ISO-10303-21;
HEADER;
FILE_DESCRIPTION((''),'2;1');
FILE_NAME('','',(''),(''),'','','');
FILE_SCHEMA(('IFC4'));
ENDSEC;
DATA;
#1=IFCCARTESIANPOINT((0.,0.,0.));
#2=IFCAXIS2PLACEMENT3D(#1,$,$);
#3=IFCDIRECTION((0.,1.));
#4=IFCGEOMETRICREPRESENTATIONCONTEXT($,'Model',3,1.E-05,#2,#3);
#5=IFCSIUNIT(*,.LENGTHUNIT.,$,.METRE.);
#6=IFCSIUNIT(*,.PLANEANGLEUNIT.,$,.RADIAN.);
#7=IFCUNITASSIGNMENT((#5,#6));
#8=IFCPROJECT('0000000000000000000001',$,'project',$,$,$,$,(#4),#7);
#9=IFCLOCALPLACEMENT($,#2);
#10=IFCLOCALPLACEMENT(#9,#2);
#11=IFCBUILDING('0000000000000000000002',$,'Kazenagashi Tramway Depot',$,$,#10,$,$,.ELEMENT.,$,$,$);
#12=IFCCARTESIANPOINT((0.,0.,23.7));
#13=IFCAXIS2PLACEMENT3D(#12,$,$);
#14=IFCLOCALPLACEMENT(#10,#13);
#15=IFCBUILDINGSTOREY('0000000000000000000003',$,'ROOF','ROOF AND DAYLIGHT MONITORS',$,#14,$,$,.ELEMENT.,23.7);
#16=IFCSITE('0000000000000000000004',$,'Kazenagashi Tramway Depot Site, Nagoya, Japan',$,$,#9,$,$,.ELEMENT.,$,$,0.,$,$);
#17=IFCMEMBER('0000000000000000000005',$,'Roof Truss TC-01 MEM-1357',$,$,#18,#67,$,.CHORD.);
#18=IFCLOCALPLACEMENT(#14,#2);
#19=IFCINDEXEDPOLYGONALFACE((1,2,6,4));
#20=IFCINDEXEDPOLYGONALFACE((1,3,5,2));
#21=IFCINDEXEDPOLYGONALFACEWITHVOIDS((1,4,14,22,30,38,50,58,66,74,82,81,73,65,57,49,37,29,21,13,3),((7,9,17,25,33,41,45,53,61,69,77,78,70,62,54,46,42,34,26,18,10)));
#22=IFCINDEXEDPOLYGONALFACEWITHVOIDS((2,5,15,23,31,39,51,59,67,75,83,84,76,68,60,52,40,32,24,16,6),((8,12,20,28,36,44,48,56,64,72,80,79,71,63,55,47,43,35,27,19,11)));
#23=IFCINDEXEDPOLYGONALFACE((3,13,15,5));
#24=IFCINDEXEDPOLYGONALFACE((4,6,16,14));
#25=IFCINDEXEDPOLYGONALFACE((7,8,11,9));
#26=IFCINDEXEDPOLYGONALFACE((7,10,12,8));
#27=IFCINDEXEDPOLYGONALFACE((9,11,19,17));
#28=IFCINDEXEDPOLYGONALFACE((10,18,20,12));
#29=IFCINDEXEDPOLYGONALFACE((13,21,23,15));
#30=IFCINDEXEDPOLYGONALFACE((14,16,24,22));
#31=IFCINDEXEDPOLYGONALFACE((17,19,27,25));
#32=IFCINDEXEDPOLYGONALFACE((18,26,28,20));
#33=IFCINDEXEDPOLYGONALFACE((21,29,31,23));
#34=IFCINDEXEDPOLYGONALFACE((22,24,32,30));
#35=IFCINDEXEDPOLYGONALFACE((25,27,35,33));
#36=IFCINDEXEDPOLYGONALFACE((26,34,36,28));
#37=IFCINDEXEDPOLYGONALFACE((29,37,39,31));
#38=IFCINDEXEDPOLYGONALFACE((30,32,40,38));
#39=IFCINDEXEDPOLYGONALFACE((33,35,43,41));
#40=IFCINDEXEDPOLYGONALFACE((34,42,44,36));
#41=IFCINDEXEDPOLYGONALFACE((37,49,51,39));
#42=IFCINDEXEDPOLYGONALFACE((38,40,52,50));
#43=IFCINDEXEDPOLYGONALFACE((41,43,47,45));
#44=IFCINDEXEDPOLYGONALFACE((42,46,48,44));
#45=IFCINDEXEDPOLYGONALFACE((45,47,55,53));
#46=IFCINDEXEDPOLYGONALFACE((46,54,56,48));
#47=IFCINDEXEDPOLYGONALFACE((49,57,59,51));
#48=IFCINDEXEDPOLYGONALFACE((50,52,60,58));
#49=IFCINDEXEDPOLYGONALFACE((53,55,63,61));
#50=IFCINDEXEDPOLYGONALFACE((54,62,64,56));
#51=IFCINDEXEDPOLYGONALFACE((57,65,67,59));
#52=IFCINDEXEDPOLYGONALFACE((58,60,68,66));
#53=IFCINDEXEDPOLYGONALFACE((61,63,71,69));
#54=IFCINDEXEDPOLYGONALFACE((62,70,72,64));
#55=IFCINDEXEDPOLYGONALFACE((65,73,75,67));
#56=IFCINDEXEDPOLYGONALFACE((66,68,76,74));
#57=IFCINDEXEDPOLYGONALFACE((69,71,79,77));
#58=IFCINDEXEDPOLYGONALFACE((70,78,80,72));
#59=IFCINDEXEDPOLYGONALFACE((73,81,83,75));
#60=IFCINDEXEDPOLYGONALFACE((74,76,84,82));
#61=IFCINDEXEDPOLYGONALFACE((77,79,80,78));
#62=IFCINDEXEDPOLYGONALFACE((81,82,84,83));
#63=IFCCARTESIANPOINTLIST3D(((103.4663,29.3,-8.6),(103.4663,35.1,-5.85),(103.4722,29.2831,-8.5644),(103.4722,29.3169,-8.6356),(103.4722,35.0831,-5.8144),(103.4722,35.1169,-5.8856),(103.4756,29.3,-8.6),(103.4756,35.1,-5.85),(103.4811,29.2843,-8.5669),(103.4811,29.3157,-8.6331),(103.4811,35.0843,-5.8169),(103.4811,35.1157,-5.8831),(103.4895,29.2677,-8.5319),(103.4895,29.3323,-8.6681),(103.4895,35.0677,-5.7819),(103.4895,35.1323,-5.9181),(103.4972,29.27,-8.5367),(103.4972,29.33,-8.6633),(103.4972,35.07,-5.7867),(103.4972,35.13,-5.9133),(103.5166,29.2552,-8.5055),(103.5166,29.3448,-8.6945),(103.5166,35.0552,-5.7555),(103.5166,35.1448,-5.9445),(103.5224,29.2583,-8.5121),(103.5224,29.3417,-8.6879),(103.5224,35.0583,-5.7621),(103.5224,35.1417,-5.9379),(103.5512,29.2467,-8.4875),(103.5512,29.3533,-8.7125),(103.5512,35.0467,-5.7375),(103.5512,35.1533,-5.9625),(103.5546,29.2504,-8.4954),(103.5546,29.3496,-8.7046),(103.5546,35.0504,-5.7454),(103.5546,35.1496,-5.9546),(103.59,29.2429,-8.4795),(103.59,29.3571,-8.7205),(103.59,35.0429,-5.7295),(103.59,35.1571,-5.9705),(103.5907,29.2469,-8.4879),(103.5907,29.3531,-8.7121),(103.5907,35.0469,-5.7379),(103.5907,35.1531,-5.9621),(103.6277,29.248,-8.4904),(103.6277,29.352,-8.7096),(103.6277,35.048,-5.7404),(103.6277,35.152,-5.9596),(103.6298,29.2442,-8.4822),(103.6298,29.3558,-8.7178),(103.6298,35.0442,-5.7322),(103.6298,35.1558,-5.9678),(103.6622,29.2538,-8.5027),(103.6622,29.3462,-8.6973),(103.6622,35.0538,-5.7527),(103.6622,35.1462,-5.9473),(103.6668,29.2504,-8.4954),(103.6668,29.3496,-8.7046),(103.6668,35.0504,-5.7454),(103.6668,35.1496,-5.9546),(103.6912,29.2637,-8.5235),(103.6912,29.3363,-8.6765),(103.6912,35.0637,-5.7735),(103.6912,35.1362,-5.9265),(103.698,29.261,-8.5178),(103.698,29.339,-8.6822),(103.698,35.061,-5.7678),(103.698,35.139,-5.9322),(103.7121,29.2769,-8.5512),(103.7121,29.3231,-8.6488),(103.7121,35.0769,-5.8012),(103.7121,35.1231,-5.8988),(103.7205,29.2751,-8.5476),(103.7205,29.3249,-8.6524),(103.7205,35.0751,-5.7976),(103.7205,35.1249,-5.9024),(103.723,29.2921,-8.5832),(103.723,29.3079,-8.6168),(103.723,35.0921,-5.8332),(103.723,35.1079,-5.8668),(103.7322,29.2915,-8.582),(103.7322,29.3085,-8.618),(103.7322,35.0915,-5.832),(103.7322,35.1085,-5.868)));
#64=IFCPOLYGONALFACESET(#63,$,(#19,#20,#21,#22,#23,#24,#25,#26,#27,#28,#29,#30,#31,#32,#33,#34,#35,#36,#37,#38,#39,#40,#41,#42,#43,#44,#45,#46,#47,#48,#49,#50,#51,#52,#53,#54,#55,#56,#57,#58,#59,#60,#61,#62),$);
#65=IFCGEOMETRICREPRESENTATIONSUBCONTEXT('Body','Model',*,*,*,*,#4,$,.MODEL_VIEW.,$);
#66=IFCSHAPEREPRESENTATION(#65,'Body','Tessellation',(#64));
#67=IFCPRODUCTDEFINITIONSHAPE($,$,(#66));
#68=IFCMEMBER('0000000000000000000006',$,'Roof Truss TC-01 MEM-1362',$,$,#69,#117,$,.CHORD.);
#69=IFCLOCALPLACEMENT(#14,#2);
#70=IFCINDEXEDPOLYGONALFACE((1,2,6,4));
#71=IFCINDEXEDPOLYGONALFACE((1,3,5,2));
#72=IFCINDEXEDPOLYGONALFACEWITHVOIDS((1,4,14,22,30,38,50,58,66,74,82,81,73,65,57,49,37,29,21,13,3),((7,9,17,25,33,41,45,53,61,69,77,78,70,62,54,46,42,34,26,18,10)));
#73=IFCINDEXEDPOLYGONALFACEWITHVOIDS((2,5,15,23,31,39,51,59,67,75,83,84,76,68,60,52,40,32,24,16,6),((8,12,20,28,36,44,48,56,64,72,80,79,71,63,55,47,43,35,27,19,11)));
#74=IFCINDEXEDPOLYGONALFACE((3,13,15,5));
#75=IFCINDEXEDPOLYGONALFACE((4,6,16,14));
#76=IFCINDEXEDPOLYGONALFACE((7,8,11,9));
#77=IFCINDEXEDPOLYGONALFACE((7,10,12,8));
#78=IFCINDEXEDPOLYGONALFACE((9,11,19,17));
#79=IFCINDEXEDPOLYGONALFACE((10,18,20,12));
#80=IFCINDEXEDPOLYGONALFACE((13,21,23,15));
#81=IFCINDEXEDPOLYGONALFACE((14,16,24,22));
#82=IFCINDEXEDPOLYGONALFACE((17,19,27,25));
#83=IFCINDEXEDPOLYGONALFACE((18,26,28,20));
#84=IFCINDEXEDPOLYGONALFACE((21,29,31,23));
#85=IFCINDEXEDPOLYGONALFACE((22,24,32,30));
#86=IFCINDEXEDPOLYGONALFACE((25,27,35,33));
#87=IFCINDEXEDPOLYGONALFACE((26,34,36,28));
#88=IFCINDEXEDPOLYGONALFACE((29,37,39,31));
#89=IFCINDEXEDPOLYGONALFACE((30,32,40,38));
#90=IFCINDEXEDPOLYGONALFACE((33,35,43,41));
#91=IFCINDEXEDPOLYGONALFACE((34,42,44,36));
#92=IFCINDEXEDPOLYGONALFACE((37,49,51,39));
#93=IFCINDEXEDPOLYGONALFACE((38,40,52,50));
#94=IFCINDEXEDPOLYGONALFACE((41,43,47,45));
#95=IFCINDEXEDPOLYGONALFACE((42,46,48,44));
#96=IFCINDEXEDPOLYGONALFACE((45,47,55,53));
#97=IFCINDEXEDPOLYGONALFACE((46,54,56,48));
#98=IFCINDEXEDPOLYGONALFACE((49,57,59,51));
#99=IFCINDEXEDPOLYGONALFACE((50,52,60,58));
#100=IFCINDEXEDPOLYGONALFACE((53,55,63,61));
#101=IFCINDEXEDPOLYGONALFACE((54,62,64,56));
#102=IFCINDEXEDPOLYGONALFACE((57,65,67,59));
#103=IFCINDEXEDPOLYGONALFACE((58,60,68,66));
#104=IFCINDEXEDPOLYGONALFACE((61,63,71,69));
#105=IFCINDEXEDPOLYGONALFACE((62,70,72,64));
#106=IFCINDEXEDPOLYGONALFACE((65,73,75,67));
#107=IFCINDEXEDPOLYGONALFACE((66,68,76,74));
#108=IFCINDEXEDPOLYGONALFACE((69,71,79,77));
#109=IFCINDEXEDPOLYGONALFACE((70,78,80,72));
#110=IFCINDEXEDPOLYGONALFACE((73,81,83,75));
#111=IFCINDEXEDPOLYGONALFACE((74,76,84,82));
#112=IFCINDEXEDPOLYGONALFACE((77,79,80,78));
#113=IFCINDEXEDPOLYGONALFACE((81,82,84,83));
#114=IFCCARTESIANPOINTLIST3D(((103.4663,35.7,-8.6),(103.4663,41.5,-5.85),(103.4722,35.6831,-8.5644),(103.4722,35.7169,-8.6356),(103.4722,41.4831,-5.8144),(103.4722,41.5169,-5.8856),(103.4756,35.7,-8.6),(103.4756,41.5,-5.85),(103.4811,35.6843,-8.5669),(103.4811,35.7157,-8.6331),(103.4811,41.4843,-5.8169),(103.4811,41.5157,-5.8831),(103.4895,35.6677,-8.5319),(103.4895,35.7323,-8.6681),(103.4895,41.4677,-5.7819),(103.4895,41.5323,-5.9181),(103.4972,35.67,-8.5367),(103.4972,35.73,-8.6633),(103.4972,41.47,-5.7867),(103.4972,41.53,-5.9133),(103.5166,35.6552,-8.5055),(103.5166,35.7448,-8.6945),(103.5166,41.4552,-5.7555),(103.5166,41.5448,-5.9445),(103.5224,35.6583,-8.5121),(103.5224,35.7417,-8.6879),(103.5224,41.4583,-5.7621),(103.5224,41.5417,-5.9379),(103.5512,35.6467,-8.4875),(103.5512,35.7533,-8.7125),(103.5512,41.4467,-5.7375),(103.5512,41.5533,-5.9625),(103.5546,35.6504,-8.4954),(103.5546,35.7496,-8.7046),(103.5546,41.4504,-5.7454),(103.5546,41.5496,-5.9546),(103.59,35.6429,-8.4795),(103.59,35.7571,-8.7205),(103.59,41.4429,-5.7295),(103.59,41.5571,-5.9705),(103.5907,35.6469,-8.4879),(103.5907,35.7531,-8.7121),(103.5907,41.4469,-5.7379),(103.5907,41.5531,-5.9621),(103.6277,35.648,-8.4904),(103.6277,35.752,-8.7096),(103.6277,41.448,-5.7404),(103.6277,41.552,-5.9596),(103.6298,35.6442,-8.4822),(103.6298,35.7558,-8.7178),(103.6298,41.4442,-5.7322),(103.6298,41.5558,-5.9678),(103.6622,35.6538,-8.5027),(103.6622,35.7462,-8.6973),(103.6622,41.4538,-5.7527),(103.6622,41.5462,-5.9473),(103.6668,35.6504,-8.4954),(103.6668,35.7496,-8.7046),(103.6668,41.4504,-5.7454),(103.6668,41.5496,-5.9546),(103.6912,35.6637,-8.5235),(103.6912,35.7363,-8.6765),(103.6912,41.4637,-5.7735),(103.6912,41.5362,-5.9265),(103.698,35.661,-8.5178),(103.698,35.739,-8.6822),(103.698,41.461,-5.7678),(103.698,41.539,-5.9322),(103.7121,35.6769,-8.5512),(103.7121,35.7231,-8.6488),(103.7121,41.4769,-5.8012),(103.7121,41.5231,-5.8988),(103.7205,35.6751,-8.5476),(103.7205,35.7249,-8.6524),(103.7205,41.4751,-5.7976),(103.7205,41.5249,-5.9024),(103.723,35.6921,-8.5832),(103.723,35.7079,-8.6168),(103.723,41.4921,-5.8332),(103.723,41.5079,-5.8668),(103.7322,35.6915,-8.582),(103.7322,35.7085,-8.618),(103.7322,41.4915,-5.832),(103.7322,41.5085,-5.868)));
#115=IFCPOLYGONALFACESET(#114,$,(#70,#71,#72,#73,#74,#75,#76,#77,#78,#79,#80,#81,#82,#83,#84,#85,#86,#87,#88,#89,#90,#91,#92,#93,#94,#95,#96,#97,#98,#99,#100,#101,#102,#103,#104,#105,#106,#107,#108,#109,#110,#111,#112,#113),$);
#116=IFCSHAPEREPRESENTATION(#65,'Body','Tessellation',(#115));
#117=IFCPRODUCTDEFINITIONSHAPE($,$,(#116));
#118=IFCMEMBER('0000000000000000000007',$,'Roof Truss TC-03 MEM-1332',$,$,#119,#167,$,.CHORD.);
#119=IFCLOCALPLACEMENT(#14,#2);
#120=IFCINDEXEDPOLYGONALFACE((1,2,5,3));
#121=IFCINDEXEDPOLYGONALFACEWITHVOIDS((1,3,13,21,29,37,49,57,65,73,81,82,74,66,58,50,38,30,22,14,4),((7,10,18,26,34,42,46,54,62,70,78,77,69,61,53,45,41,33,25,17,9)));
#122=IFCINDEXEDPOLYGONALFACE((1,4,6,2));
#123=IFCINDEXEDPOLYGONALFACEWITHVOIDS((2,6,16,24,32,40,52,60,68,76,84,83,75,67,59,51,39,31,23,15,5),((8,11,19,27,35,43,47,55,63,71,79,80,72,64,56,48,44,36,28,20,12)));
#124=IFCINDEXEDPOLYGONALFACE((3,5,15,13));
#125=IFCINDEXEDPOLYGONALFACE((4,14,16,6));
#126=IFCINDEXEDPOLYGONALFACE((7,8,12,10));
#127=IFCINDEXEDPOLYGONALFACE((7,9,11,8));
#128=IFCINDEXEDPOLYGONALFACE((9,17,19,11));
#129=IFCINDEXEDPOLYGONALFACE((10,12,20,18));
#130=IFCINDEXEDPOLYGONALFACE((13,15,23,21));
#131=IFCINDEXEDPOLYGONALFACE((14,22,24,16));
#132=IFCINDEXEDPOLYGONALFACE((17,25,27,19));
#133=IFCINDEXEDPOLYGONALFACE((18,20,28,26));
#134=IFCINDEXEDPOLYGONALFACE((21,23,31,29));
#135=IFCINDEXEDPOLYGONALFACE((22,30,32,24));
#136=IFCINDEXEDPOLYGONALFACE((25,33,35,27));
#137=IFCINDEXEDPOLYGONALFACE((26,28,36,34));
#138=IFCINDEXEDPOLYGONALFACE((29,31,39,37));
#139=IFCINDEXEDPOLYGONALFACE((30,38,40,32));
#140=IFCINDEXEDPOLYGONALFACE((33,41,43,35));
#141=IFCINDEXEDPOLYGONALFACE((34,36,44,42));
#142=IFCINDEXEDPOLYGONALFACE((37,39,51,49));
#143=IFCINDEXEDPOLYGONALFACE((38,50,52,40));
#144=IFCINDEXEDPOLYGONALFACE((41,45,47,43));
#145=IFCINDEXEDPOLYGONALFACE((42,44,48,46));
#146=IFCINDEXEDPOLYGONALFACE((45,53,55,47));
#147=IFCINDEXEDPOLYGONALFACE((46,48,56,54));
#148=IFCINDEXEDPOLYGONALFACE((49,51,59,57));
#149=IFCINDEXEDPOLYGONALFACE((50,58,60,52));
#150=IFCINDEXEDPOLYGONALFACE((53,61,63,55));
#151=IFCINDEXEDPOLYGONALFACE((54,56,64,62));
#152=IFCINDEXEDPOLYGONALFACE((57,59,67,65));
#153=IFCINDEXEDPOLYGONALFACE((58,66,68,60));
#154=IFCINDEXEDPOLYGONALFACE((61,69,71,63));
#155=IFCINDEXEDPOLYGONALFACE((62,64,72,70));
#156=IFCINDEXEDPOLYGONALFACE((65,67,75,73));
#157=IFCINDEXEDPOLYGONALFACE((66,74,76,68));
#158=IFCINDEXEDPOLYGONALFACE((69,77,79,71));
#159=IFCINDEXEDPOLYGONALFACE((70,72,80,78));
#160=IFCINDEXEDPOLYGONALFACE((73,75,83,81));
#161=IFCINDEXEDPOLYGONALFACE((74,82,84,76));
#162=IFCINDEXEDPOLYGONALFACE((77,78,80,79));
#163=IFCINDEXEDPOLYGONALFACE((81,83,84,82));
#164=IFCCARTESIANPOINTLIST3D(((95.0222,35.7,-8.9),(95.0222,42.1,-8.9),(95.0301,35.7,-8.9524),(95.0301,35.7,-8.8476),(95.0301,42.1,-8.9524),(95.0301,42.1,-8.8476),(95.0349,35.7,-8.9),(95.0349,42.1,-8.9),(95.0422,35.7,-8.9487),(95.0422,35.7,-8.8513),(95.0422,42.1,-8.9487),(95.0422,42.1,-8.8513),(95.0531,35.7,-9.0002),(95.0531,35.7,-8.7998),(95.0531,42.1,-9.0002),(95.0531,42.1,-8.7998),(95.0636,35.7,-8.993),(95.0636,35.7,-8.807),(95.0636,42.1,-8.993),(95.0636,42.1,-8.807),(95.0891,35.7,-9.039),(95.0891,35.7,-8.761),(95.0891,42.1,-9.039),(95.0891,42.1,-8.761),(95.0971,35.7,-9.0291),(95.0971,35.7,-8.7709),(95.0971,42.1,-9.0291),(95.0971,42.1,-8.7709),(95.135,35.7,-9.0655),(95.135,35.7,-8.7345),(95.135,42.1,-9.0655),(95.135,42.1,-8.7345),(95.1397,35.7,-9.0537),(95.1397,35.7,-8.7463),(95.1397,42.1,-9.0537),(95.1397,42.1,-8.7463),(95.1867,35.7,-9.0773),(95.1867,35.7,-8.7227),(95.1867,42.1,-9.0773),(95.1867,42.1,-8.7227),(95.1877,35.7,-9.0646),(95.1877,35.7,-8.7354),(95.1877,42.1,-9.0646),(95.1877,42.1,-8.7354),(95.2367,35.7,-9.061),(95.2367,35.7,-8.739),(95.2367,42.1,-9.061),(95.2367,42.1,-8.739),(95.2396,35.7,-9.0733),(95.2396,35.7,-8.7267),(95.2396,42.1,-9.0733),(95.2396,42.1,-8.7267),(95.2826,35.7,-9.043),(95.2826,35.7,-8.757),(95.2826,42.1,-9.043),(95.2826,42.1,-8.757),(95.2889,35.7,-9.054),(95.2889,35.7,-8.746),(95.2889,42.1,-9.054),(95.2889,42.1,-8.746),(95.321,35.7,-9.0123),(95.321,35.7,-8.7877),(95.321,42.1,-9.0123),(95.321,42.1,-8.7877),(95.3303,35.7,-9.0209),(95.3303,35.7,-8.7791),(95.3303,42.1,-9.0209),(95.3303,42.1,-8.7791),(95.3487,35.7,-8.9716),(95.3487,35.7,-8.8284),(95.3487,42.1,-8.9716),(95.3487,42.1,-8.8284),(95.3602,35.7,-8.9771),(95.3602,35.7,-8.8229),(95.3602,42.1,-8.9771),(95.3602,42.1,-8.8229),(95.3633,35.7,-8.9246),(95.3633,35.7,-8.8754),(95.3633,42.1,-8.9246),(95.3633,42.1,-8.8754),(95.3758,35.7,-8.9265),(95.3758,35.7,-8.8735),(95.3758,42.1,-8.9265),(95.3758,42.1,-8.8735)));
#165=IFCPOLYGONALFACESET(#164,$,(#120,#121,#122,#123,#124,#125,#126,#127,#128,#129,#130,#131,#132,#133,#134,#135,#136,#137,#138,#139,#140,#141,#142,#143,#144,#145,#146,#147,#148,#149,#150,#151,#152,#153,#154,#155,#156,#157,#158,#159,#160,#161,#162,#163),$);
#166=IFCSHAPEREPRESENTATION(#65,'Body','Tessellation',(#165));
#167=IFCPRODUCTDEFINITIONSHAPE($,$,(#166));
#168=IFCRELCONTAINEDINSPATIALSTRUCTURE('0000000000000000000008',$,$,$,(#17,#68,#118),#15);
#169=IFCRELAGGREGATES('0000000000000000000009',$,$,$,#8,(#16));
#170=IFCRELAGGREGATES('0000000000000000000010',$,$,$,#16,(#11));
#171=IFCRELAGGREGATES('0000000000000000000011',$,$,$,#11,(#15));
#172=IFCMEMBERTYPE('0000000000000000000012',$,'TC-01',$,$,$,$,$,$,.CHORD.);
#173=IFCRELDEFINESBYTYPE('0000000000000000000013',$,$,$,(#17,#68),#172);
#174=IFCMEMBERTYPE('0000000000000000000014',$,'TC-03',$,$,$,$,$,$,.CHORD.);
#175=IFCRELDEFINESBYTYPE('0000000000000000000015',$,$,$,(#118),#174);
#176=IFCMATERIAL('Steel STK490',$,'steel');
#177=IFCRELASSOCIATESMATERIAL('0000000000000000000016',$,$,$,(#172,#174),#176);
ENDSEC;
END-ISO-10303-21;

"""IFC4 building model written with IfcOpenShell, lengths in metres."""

from ifc_helpers import new_model, si_unit, direction, frame, origin, origin_2d, place, context, subcontext, project, spatial, hollow_circle, extrude, material, material_profile, profile_set, type_object, element, save


model = new_model("IFC4")

# Units and contexts
model_context = context("Model", 3, precision=1e-05, world=origin(), true_north=direction((0.0, 1.0)))
body_context = subcontext(model_context, "Body", "Model", "MODEL_VIEW")
ifc_project = project(units=[si_unit("LENGTHUNIT", "METRE"), si_unit("PLANEANGLEUNIT", "RADIAN")], contexts=[model_context])

# Site, building, storey
site_placement = place(None, origin())
site = spatial("IfcSite", under=ifc_project, at=site_placement, Name="Kazenagashi Tramway Depot Site, Nagoya, Japan", CompositionType="ELEMENT", RefElevation=0.0)
building_placement = place(site_placement, origin())
building = spatial("IfcBuilding", under=site, at=building_placement, Name="Kazenagashi Tramway Depot", CompositionType="ELEMENT")
storey_placement = place(building_placement, frame((0.0, 0.0, 23.7)))
storey = spatial("IfcBuildingStorey", under=building, at=storey_placement, Name="ROOF", Description="ROOF AND DAYLIGHT MONITORS", CompositionType="ELEMENT", Elevation=23.7)

# Members
ifc_material_1 = material(Name="Steel STK490", Category="steel")
ifc_material_profile_1 = material_profile(ifc_material_1, hollow_circle(Radius=0.1337, WallThickness=0.0093, at=origin_2d()), Name="CHS-267.4x9.3")
ifc_profile_set_1 = profile_set([ifc_material_profile_1], Name="Steel STK490")
member_type_1 = type_object("IfcMemberType", Name="TC-01", PredefinedType="CHORD", material=ifc_profile_set_1)
for number, where, z_axis, x_axis, name in (
    (1, (103.6, 29.3, -8.6), (0.0, 0.903579, 0.428421), (-1.0, 0.0, 0.0), "Roof Truss TC-01 MEM-1357"),
    (2, (103.6, 35.7, -8.6), (0.0, 0.903579, 0.428421), (-1.0, 0.0, 0.0), "Roof Truss TC-01 MEM-1362"),
):
    element("IfcMember", number, at=place(storey_placement, frame(where, z_axis=z_axis, x_axis=x_axis)), inside=storey, type_object=member_type_1, Name=name, PredefinedType="CHORD", context=body_context, shape_type="SweptSolid", body=[
        extrude(hollow_circle(Radius=0.1337, WallThickness=0.0093, at=origin_2d()), origin(), (0.0, 0.0, 1.0), 6.4189),
    ])
ifc_material_profile_2 = material_profile(ifc_material_1, hollow_circle(Radius=0.1778, WallThickness=0.0127, at=origin_2d()), Name="CHS-355.6x12.7")
ifc_profile_set_2 = profile_set([ifc_material_profile_2], Name="Steel STK490")
member_type_2 = type_object("IfcMemberType", Name="TC-03", PredefinedType="CHORD", material=ifc_profile_set_2)
for number, where, z_axis, x_axis, name in (
    (3, (95.2, 35.7, -8.9), (0.0, 1.0, 0.0), (-1.0, 0.0, 0.0), "Roof Truss TC-03 MEM-1332"),
):
    element("IfcMember", number, at=place(storey_placement, frame(where, z_axis=z_axis, x_axis=x_axis)), inside=storey, type_object=member_type_2, Name=name, PredefinedType="CHORD", context=body_context, shape_type="SweptSolid", body=[
        extrude(hollow_circle(Radius=0.1778, WallThickness=0.0127, at=origin_2d()), origin(), (0.0, 0.0, 1.0), 6.4),
    ])

save(model, "model.ifc")
